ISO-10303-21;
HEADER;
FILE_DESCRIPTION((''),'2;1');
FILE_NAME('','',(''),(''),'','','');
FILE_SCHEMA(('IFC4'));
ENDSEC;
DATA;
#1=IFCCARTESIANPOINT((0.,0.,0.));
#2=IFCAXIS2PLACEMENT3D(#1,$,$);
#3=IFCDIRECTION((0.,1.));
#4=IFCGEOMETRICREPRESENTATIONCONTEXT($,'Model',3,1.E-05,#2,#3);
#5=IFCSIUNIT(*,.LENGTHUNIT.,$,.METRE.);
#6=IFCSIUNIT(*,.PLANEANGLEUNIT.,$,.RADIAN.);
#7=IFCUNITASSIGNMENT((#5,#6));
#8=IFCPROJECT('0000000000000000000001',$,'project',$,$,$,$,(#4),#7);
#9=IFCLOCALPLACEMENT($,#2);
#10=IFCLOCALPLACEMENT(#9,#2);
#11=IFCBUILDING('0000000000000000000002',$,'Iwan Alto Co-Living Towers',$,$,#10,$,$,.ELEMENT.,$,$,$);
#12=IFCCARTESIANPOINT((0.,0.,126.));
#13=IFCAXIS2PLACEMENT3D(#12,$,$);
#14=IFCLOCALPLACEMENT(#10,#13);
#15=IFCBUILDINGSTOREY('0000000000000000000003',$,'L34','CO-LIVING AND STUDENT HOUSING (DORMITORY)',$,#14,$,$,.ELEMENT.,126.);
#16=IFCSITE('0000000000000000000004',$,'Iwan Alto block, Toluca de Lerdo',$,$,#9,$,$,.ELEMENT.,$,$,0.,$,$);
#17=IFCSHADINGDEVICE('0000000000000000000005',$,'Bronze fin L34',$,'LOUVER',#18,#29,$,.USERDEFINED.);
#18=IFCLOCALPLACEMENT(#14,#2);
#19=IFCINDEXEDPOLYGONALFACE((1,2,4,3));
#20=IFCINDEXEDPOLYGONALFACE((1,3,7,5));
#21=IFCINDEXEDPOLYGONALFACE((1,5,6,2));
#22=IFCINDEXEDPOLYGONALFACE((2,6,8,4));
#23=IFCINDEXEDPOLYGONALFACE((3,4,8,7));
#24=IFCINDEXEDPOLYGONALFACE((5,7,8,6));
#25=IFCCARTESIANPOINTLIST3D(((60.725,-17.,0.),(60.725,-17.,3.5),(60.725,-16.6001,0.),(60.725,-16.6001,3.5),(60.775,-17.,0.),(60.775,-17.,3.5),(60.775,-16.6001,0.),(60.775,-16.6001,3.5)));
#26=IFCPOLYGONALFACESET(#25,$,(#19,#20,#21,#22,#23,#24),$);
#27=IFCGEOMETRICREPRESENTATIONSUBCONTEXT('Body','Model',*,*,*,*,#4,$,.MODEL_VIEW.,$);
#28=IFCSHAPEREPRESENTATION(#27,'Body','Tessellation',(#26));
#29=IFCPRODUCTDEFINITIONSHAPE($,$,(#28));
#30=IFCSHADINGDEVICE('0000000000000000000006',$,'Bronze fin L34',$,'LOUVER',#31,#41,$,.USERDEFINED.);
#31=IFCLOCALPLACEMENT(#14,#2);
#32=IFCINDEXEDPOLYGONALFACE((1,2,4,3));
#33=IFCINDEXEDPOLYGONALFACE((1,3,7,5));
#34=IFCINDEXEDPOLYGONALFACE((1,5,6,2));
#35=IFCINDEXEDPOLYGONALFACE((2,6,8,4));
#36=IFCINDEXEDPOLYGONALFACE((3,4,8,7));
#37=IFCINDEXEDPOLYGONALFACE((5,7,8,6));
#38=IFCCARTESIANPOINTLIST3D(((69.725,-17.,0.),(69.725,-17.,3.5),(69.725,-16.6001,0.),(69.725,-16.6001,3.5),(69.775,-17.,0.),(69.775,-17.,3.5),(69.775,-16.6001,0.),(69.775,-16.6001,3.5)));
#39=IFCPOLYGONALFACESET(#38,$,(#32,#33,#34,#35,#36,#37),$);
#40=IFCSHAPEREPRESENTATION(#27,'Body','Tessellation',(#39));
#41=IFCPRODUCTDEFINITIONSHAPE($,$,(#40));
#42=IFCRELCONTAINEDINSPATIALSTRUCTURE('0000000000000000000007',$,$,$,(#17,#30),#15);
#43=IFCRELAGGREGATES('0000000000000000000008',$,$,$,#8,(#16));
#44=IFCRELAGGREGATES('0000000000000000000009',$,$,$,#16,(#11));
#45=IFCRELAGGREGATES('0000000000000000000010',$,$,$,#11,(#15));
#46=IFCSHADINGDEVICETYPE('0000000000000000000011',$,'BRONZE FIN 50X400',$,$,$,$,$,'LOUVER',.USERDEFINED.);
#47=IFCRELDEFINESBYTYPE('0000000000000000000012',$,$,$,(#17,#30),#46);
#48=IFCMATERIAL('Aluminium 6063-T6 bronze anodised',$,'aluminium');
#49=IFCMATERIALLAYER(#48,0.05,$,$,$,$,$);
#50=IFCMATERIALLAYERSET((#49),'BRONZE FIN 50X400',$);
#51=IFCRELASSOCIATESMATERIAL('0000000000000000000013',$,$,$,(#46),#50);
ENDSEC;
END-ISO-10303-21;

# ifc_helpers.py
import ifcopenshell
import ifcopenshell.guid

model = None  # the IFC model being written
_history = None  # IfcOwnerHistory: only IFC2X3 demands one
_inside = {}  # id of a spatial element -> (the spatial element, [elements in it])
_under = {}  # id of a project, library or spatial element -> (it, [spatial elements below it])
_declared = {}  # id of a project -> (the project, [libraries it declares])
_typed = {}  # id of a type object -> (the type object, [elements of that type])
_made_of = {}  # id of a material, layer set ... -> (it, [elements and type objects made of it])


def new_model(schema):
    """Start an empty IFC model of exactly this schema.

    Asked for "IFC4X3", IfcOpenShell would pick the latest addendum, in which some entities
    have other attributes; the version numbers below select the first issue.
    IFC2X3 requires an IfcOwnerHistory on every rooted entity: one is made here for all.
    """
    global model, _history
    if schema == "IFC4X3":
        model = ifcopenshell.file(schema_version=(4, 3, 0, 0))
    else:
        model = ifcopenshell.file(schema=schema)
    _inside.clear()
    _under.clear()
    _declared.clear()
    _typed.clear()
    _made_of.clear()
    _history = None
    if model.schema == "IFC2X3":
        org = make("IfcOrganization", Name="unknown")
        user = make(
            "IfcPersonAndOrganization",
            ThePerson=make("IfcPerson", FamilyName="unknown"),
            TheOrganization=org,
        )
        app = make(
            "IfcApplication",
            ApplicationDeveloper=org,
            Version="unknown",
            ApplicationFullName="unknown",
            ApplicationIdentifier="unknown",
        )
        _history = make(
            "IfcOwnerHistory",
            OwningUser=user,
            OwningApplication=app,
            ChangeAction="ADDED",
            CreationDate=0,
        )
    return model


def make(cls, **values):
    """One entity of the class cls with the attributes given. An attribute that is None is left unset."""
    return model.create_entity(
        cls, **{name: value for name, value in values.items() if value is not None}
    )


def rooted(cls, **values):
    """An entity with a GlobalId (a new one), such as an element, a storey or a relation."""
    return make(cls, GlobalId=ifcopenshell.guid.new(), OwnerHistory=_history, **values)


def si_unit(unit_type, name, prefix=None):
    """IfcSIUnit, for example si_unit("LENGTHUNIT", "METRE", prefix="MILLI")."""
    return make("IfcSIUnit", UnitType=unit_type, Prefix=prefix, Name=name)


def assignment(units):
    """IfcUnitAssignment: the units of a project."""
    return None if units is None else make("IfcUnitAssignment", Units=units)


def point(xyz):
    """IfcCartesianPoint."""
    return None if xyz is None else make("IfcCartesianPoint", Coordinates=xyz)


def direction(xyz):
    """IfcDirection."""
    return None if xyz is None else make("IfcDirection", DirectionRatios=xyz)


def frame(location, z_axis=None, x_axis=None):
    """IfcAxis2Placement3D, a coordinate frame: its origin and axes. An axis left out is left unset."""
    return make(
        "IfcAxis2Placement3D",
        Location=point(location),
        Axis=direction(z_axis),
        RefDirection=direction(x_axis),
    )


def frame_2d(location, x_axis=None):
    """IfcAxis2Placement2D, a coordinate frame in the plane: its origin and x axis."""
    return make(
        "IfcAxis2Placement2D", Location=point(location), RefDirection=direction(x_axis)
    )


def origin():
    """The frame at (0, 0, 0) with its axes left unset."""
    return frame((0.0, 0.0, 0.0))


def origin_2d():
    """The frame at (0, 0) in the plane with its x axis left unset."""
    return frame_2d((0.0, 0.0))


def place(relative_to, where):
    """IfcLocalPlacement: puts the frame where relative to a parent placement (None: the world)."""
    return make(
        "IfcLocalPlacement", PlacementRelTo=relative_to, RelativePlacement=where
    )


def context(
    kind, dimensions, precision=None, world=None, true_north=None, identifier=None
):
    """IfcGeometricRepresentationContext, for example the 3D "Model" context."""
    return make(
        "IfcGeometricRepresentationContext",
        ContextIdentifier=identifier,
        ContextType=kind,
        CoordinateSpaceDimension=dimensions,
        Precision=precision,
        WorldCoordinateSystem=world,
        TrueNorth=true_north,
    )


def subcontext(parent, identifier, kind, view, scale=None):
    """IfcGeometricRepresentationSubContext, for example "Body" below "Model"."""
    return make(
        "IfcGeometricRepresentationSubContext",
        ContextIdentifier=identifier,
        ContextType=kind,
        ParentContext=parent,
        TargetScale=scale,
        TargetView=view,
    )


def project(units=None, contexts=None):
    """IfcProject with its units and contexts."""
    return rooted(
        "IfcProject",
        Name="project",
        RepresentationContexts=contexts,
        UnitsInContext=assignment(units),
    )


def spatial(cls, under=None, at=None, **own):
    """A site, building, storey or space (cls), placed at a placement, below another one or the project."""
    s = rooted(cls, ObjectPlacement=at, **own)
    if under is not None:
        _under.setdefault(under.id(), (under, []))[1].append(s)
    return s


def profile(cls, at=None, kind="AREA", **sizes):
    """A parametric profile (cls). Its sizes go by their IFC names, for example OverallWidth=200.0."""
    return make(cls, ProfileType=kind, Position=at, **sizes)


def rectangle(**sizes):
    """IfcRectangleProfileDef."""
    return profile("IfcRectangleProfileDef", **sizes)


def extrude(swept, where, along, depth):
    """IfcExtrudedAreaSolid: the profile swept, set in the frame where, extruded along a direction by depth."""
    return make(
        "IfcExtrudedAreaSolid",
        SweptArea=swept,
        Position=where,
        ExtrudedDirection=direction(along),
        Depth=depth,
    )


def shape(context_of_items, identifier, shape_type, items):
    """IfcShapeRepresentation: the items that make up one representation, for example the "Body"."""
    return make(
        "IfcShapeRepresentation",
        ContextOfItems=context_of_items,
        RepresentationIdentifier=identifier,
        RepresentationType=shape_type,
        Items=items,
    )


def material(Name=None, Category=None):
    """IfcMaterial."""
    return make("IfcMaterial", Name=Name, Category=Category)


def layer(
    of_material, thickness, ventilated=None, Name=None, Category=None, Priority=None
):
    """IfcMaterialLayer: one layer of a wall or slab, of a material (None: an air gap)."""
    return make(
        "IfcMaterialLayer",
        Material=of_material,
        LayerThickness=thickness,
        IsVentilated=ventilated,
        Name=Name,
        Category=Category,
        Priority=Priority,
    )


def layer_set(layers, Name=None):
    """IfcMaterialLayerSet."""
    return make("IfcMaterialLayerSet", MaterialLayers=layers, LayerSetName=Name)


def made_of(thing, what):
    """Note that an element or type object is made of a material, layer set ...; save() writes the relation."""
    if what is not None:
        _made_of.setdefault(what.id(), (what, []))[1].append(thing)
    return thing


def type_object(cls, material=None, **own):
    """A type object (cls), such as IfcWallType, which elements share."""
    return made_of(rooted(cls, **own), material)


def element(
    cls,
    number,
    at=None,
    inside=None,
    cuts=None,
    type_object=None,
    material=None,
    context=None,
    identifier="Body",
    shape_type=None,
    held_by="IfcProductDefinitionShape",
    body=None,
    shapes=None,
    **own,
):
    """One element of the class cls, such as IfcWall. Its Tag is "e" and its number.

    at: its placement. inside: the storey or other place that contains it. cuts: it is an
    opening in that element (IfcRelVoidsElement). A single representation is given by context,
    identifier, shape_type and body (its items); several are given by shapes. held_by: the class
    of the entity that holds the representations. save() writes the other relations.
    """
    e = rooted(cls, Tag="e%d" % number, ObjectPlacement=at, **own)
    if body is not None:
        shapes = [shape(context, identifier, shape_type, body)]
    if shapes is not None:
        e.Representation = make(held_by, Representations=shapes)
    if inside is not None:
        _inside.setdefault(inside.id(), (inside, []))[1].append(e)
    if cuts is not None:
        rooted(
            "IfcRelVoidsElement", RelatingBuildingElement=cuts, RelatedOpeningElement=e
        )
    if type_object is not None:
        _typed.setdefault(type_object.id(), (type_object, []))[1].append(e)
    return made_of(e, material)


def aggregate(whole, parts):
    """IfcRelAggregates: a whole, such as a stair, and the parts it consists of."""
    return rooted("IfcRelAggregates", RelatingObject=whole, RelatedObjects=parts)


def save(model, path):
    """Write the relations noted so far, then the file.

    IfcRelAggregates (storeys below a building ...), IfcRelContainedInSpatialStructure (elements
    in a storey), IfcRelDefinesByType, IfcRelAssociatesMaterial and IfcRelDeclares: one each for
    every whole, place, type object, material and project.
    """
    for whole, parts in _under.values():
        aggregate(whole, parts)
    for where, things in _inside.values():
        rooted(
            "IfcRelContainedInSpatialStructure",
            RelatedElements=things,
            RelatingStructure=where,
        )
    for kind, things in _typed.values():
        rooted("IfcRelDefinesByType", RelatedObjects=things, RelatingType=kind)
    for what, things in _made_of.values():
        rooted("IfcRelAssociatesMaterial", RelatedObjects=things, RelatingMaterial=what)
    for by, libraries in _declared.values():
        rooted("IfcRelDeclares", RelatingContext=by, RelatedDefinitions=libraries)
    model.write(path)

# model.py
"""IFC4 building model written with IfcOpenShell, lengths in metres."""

from ifc_helpers import new_model, si_unit, direction, frame, origin, origin_2d, place, context, subcontext, project, spatial, rectangle, extrude, material, layer, layer_set, type_object, element, save


model = new_model("IFC4")

# Units and contexts
model_context = context("Model", 3, precision=1e-05, world=origin(), true_north=direction((0.0, 1.0)))
body_context = subcontext(model_context, "Body", "Model", "MODEL_VIEW")
ifc_project = project(units=[si_unit("LENGTHUNIT", "METRE"), si_unit("PLANEANGLEUNIT", "RADIAN")], contexts=[model_context])

# Site, building, storey
site_placement = place(None, origin())
site = spatial("IfcSite", under=ifc_project, at=site_placement, Name="Iwan Alto block, Toluca de Lerdo", CompositionType="ELEMENT", RefElevation=0.0)
building_placement = place(site_placement, origin())
building = spatial("IfcBuilding", under=site, at=building_placement, Name="Iwan Alto Co-Living Towers", CompositionType="ELEMENT")
storey_placement = place(building_placement, frame((0.0, 0.0, 126.0)))
storey = spatial("IfcBuildingStorey", under=building, at=storey_placement, Name="L34", Description="CO-LIVING AND STUDENT HOUSING (DORMITORY)", CompositionType="ELEMENT", Elevation=126.0)

# Shading devices
ifc_material_1 = material(Name="Aluminium 6063-T6 bronze anodised", Category="aluminium")
ifc_layer_1 = layer(ifc_material_1, 0.05)
ifc_layer_set_1 = layer_set([ifc_layer_1], Name="BRONZE FIN 50X400")
shading_device_type = type_object("IfcShadingDeviceType", Name="BRONZE FIN 50X400", ElementType="LOUVER", PredefinedType="USERDEFINED", material=ifc_layer_set_1)
for number, where, z_axis, x_axis, name in (
    (1, (60.75, -16.8, 0.0), (0.0, 0.0, 1.0), (1.0, 0.0, 0.0), "Bronze fin L34"),
    (2, (69.75, -16.8, 0.0), (0.0, 0.0, 1.0), (1.0, 0.0, 0.0), "Bronze fin L34"),
):
    element("IfcShadingDevice", number, at=place(storey_placement, frame(where, z_axis=z_axis, x_axis=x_axis)), inside=storey, type_object=shading_device_type, Name=name, ObjectType="LOUVER", PredefinedType="USERDEFINED", context=body_context, shape_type="SweptSolid", body=[
        extrude(rectangle(XDim=0.05, YDim=0.3999, at=origin_2d()), origin(), (0.0, 0.0, 1.0), 3.5),
    ])

save(model, "model.ifc")
